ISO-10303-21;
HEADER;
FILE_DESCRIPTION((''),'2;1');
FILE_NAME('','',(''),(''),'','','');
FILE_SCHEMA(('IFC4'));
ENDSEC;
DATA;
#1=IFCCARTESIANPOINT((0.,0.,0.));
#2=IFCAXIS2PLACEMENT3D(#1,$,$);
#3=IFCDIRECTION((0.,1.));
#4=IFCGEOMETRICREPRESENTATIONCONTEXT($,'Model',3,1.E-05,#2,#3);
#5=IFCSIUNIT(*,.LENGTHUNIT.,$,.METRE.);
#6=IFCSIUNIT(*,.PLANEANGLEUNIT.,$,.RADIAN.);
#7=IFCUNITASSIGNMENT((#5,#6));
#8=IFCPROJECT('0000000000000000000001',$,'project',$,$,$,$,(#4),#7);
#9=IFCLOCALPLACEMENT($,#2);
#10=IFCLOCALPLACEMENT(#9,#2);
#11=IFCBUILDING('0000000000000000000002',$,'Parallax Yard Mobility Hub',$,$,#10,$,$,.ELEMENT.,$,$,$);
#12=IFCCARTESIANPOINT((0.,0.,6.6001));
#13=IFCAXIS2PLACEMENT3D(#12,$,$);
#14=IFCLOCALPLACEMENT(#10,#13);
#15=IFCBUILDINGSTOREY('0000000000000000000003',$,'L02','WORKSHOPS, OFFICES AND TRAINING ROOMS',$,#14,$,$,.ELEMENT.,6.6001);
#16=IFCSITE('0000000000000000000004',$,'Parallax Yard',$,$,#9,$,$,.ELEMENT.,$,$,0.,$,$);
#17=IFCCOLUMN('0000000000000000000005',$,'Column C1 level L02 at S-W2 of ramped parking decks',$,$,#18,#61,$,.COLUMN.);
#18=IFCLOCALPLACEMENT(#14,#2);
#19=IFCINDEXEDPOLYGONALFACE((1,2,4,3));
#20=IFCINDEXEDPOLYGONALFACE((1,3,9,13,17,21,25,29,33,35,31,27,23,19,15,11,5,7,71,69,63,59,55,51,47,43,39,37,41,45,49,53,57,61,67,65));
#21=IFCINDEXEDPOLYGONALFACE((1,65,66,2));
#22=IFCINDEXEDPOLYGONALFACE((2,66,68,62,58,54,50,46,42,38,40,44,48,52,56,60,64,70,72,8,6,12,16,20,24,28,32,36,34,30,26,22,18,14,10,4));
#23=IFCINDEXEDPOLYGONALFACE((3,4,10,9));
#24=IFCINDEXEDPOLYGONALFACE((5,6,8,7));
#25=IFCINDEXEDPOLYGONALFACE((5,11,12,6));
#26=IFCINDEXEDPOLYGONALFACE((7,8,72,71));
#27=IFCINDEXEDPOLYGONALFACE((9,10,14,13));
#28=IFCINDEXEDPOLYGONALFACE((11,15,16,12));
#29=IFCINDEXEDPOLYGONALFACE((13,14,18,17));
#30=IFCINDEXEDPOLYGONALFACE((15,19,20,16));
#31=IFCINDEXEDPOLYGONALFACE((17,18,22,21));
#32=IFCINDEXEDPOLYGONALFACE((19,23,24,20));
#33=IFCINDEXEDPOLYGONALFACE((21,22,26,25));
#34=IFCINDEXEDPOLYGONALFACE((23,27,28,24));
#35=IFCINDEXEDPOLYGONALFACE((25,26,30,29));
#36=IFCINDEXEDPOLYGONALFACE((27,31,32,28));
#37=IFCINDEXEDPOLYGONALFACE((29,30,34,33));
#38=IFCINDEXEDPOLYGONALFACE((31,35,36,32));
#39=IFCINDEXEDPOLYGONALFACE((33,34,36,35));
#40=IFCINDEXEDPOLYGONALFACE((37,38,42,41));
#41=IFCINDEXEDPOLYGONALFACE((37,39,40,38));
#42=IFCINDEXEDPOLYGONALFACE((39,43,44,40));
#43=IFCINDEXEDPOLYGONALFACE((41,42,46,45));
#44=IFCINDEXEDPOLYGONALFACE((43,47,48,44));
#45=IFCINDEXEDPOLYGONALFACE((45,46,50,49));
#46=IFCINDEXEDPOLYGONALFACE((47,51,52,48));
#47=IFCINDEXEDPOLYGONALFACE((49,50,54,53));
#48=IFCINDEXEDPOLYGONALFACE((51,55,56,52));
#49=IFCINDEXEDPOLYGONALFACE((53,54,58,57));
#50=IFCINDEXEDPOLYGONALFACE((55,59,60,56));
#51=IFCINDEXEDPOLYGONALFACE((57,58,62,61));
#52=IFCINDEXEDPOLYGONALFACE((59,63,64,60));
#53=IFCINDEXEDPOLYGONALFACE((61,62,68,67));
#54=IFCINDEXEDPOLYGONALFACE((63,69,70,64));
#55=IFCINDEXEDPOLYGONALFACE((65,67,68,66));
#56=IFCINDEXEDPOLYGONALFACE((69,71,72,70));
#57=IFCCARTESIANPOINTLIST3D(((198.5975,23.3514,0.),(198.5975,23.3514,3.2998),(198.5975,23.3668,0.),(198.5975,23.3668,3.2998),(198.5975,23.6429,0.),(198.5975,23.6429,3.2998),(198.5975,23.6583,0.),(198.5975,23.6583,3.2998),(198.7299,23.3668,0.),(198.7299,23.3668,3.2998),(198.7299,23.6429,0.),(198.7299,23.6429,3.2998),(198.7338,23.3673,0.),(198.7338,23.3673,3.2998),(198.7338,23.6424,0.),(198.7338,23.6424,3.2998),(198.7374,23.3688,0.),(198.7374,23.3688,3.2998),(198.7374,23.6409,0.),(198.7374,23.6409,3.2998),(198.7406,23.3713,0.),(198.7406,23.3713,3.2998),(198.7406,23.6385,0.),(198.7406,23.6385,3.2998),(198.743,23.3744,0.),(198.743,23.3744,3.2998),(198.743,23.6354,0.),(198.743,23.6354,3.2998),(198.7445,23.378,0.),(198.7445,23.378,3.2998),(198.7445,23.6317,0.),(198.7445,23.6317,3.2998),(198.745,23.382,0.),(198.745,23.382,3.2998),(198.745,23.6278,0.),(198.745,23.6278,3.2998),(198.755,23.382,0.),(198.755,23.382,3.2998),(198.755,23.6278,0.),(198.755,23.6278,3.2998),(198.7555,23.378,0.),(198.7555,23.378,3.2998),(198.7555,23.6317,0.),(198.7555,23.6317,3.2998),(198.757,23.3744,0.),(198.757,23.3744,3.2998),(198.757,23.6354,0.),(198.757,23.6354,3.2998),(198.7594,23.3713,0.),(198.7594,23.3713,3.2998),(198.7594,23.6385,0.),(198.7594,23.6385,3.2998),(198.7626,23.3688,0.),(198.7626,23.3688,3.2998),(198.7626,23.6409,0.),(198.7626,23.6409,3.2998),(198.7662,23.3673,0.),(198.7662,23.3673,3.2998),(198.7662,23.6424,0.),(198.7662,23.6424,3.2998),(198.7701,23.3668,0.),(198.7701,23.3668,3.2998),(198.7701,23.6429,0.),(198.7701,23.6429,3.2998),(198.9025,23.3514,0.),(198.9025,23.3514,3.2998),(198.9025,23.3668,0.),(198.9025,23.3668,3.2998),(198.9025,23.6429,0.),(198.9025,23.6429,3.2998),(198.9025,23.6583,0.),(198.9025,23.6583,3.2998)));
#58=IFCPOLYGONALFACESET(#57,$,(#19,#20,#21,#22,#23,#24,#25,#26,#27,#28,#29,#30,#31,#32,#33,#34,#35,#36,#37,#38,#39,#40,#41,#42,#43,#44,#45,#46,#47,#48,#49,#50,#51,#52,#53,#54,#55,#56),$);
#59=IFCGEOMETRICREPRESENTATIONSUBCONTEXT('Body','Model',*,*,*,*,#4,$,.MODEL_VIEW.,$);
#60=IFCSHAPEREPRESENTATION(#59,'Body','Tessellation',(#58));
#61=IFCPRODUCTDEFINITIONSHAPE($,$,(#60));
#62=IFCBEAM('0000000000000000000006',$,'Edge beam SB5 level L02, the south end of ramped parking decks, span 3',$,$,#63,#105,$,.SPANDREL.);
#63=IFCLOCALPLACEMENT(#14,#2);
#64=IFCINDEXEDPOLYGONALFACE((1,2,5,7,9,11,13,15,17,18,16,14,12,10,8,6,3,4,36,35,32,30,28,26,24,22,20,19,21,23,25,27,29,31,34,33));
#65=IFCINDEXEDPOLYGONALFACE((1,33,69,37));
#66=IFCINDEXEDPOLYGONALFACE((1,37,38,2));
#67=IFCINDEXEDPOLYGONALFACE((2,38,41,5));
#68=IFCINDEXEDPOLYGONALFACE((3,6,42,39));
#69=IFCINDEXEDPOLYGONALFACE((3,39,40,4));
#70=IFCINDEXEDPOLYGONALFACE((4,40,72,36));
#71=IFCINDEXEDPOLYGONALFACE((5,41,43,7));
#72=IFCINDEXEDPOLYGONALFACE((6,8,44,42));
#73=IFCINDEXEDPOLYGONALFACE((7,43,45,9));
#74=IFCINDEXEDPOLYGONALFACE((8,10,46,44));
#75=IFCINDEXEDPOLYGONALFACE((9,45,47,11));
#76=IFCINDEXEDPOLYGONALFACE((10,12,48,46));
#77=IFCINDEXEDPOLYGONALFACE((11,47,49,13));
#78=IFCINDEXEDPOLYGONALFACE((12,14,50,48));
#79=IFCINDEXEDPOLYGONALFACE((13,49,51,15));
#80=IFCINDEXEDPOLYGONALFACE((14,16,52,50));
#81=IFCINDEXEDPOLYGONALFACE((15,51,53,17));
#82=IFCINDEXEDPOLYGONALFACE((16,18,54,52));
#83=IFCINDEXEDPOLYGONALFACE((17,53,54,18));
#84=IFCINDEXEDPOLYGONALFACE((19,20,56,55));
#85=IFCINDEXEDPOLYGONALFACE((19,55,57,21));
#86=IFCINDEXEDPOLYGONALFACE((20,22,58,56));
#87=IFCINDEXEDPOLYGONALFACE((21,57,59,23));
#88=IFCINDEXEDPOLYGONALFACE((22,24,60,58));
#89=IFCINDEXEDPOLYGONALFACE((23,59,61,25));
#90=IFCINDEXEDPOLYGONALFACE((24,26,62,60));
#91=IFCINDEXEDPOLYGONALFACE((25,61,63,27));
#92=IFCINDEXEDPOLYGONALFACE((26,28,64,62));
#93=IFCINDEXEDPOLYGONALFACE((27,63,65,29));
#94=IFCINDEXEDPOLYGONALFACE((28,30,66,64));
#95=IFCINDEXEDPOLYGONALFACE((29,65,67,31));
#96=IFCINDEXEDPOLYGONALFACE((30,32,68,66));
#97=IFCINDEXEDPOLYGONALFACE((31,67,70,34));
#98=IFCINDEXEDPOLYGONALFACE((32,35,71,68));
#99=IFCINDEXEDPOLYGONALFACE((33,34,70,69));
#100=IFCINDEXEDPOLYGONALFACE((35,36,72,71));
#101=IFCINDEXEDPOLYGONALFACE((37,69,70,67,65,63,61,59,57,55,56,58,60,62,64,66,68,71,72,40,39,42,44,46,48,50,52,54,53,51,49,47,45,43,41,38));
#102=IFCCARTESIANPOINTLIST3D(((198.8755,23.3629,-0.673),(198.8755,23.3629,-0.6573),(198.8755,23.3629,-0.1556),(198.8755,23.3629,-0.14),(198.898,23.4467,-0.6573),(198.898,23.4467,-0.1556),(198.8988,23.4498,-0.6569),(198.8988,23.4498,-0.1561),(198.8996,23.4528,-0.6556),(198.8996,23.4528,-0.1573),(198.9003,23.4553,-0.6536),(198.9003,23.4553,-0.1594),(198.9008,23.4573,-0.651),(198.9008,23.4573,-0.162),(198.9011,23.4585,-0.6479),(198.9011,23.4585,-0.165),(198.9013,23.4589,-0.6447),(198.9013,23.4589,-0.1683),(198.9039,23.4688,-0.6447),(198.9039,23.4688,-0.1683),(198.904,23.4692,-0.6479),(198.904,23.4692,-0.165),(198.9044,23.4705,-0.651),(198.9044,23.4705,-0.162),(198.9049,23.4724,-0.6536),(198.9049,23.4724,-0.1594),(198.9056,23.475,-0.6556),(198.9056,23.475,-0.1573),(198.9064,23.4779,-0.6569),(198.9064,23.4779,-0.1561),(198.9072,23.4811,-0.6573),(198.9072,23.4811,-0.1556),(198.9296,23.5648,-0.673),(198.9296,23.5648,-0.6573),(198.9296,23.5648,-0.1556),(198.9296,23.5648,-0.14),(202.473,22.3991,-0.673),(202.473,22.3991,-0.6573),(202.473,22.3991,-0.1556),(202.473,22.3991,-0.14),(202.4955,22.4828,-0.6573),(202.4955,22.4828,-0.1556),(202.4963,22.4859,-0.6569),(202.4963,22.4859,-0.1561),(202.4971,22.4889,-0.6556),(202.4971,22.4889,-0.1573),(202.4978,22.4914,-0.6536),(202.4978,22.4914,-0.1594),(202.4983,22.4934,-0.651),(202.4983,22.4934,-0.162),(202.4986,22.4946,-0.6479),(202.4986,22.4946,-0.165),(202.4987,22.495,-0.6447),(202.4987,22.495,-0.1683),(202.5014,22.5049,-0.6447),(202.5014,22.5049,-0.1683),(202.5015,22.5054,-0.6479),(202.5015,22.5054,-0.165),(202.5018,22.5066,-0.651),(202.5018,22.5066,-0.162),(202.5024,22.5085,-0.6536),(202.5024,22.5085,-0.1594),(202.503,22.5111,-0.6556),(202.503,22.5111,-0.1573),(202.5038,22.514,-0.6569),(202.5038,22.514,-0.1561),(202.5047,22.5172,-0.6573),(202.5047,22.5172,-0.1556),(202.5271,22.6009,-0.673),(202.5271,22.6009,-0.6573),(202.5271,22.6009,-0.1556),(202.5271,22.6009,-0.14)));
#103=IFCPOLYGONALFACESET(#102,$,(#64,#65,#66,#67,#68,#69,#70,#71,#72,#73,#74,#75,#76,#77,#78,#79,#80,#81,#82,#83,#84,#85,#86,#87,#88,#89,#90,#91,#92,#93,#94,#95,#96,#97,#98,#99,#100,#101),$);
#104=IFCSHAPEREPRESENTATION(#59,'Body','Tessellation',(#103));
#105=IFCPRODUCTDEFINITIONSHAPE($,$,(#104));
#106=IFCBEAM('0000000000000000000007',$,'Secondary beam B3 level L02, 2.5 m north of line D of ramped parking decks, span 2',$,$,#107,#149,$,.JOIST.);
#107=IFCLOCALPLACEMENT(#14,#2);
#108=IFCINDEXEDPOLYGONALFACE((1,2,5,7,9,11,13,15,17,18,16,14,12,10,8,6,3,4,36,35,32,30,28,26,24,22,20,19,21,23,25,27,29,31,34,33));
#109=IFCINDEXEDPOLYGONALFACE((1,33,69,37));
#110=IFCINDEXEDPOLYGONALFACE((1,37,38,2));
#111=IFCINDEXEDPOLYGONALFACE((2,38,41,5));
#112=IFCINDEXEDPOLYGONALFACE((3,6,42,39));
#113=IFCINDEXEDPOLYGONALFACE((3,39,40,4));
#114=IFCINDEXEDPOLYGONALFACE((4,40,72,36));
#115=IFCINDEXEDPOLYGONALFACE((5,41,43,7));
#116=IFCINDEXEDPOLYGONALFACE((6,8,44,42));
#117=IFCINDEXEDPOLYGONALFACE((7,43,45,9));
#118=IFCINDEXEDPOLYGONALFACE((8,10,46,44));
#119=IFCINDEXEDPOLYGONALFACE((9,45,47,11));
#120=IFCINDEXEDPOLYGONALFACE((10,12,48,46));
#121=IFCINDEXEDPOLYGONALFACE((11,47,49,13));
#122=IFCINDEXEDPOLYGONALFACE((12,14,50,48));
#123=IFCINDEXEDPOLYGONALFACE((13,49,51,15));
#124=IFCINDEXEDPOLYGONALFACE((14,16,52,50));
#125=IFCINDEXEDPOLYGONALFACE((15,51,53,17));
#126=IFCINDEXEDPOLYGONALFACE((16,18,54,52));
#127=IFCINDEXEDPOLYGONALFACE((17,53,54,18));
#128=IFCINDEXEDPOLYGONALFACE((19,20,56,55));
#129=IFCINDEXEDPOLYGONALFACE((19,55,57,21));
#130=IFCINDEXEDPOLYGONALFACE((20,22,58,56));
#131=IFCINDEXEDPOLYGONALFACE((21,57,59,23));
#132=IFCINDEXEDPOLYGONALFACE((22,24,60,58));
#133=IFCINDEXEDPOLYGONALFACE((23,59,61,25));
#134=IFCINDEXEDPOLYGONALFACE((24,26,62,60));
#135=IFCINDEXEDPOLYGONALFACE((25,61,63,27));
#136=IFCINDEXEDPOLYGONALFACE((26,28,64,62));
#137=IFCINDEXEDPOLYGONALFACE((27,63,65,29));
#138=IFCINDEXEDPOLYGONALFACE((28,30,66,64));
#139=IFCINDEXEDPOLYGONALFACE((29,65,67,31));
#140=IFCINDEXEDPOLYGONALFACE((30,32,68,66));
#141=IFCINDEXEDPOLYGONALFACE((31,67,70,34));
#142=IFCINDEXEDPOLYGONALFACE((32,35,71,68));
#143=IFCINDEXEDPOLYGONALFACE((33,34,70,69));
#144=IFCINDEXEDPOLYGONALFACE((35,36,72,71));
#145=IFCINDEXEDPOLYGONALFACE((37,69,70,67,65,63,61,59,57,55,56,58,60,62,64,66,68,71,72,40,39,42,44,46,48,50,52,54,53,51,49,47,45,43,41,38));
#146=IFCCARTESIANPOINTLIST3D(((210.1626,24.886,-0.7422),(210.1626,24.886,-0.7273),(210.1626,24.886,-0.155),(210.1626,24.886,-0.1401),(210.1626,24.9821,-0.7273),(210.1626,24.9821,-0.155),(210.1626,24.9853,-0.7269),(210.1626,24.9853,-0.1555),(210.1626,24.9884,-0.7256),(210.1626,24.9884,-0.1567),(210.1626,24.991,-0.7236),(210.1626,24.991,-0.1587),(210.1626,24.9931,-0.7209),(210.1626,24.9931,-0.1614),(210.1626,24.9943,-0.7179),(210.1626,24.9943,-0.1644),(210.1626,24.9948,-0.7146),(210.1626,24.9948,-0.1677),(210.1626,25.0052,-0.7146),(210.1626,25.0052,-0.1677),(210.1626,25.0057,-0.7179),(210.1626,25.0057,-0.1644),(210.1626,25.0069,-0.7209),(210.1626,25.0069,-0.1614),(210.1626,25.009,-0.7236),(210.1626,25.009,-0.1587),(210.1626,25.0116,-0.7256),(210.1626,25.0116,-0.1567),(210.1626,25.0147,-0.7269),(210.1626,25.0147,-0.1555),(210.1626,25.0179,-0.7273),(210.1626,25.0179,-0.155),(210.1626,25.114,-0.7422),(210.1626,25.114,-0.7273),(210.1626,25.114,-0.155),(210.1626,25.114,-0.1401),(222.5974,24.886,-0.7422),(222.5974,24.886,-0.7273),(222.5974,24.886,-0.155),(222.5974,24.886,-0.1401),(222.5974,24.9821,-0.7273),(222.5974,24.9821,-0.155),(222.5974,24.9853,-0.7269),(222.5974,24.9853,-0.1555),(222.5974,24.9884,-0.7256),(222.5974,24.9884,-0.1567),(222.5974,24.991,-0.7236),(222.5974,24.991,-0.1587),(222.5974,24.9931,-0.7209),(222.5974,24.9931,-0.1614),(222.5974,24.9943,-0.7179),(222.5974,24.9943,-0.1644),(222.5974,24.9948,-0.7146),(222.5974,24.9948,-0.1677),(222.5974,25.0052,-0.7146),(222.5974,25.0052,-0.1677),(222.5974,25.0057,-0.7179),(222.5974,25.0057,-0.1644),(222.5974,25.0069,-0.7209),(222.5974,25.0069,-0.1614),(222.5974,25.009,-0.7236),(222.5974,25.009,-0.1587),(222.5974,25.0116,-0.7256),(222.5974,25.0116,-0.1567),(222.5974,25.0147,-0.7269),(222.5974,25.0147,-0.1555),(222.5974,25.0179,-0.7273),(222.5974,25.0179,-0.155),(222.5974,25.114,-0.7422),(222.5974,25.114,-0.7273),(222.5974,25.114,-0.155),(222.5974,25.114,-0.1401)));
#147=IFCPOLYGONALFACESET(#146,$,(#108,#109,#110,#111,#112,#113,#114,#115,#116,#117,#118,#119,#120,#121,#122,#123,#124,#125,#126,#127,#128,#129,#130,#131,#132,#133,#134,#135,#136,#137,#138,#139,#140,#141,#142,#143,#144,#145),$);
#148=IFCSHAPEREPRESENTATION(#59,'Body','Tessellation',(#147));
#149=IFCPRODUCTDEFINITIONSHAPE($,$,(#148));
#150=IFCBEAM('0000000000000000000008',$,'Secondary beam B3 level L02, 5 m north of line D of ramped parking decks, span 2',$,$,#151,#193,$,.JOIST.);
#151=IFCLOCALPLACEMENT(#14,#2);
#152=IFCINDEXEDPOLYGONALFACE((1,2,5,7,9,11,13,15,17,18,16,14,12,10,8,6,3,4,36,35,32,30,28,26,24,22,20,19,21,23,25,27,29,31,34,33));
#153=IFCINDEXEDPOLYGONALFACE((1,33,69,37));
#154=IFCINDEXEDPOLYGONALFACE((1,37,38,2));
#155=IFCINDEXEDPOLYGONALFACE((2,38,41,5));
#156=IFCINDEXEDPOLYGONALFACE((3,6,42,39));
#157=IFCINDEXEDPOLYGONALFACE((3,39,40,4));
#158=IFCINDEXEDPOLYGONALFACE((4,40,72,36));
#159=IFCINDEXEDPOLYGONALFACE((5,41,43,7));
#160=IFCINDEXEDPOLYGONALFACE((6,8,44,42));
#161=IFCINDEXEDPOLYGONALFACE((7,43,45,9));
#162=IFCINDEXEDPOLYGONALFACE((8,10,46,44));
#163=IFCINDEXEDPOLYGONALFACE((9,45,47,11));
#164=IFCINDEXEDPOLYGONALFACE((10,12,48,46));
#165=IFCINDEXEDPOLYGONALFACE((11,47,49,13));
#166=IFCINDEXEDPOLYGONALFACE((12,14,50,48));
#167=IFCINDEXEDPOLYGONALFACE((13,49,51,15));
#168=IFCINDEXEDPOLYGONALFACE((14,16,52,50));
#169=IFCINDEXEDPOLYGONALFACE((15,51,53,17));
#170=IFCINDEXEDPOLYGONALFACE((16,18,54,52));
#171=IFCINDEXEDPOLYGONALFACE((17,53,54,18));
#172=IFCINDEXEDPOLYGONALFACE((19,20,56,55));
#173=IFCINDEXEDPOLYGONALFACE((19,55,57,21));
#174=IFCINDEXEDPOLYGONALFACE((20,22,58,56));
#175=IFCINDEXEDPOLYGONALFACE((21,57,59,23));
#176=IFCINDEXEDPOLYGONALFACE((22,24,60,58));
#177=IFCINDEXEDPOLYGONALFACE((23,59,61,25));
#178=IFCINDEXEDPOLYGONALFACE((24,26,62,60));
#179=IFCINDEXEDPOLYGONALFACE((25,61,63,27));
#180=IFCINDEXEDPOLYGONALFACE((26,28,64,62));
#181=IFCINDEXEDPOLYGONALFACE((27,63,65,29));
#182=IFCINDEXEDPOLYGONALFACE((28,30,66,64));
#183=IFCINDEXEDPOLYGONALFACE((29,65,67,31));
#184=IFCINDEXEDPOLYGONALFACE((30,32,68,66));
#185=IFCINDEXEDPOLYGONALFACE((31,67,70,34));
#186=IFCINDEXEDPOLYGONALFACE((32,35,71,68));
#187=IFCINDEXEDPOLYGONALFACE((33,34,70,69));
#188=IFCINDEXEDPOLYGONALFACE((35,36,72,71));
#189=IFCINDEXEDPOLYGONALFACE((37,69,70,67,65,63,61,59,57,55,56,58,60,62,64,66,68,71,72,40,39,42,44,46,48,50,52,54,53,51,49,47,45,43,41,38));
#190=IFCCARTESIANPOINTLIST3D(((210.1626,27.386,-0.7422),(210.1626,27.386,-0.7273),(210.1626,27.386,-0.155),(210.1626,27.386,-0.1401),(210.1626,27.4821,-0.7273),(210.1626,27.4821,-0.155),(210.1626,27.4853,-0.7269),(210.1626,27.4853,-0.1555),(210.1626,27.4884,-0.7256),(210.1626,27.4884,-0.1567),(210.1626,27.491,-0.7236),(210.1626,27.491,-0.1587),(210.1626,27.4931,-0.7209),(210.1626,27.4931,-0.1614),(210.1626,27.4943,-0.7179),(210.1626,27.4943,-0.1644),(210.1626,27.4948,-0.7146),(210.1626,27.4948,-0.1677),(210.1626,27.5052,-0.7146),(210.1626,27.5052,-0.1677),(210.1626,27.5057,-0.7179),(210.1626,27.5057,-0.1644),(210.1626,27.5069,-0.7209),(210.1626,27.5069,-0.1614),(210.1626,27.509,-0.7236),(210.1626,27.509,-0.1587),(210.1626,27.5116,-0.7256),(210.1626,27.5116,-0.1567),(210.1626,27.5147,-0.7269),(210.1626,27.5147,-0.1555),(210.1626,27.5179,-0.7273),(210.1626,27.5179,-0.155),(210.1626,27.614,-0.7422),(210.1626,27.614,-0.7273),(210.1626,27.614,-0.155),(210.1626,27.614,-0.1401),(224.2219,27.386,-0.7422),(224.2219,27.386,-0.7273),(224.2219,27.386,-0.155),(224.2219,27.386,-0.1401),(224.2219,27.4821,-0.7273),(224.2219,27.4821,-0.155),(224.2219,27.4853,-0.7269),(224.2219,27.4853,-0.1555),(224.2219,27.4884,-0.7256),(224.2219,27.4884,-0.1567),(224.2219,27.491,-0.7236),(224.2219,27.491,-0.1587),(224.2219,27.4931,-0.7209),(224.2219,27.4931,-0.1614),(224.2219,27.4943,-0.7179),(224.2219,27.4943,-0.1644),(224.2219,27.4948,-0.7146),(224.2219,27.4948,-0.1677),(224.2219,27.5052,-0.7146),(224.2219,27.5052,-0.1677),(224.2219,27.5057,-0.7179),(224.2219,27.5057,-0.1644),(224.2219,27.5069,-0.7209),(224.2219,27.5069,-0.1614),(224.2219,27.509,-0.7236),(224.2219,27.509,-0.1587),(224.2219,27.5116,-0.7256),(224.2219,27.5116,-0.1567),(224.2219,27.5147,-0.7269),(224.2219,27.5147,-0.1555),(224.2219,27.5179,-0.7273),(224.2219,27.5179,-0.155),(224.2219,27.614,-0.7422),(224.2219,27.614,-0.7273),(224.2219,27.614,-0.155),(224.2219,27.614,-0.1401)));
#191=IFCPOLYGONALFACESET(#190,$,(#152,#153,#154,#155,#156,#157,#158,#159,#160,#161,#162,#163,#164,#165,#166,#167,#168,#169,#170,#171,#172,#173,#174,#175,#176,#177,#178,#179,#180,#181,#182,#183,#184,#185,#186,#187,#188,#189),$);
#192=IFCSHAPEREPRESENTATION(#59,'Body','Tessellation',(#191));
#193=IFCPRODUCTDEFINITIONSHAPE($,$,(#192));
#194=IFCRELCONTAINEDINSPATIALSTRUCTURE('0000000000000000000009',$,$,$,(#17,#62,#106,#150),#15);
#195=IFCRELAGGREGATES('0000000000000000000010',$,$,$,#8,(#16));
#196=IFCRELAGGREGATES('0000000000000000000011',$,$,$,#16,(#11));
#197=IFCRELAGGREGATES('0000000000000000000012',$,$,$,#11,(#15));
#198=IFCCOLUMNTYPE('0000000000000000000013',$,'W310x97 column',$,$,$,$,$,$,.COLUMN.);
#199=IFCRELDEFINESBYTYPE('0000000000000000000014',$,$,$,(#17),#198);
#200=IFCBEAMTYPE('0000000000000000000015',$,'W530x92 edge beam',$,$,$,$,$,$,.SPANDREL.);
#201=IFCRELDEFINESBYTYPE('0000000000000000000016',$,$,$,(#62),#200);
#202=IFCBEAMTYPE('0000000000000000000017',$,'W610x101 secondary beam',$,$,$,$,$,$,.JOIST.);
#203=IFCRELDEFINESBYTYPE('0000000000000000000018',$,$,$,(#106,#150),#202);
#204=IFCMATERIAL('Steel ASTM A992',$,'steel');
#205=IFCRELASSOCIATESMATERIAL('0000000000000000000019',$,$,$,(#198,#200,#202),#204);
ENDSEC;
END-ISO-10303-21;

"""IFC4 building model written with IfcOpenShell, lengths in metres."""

from ifc_helpers import new_model, si_unit, direction, frame, origin, origin_2d, place, context, subcontext, project, spatial, i_section, extrude, material, material_profile, profile_set, type_object, element, save


model = new_model("IFC4")

# Units and contexts
model_context = context("Model", 3, precision=1e-05, world=origin(), true_north=direction((0.0, 1.0)))
body_context = subcontext(model_context, "Body", "Model", "MODEL_VIEW")
ifc_project = project(units=[si_unit("LENGTHUNIT", "METRE"), si_unit("PLANEANGLEUNIT", "RADIAN")], contexts=[model_context])

# Site, building, storey
site_placement = place(None, origin())
site = spatial("IfcSite", under=ifc_project, at=site_placement, Name="Parallax Yard", CompositionType="ELEMENT", RefElevation=0.0)
building_placement = place(site_placement, origin())
building = spatial("IfcBuilding", under=site, at=building_placement, Name="Parallax Yard Mobility Hub", CompositionType="ELEMENT")
storey_placement = place(building_placement, frame((0.0, 0.0, 6.6001)))
storey = spatial("IfcBuildingStorey", under=building, at=storey_placement, Name="L02", Description="WORKSHOPS, OFFICES AND TRAINING ROOMS", CompositionType="ELEMENT", Elevation=6.6001)

# Column
ifc_material_1 = material(Name="Steel ASTM A992", Category="steel")
ifc_material_profile_1 = material_profile(ifc_material_1, i_section(OverallWidth=0.3049, OverallDepth=0.3069, WebThickness=0.01, FlangeThickness=0.0154, FilletRadius=0.0151, at=origin_2d()), Name="W310x97")
ifc_profile_set_1 = profile_set([ifc_material_profile_1], Name="Steel ASTM A992")
column_type = type_object("IfcColumnType", Name="W310x97 column", PredefinedType="COLUMN", material=ifc_profile_set_1)
column_placement = place(storey_placement, frame((198.75, 23.5049, 0.0), z_axis=(0.0, 0.0, 1.0), x_axis=(1.0, 0.0, 0.0)))
element("IfcColumn", 1, at=column_placement, inside=storey, type_object=column_type, Name="Column C1 level L02 at S-W2 of ramped parking decks", PredefinedType="COLUMN", context=body_context, shape_type="SweptSolid", body=[
    extrude(i_section(OverallWidth=0.3049, OverallDepth=0.3069, WebThickness=0.01, FlangeThickness=0.0154, FilletRadius=0.0151, at=origin_2d()), origin(), (0.0, 0.0, 1.0), 3.2998),
])

# Beams
ifc_material_profile_2 = material_profile(ifc_material_1, i_section(OverallWidth=0.209, OverallDepth=0.533, WebThickness=0.0103, FlangeThickness=0.0156, FilletRadius=0.0127, at=origin_2d()), Name="W530x92")
ifc_profile_set_2 = profile_set([ifc_material_profile_2], Name="Steel ASTM A992")
beam_type_1 = type_object("IfcBeamType", Name="W530x92 edge beam", PredefinedType="SPANDREL", material=ifc_profile_set_2)
beam_1_placement = place(storey_placement, frame((198.9026, 23.4639, -0.4065), z_axis=(0.96593, -0.258805, 0.0), x_axis=(0.258805, 0.96593, 0.0)))
element("IfcBeam", 2, at=beam_1_placement, inside=storey, type_object=beam_type_1, Name="Edge beam SB5 level L02, the south end of ramped parking decks, span 3", PredefinedType="SPANDREL", context=body_context, shape_type="SweptSolid", body=[
    extrude(i_section(OverallWidth=0.209, OverallDepth=0.533, WebThickness=0.0103, FlangeThickness=0.0156, FilletRadius=0.0127, at=origin_2d()), origin(), (0.0, 0.0, 1.0), 3.7244),
])
ifc_material_profile_3 = material_profile(ifc_material_1, i_section(OverallWidth=0.228, OverallDepth=0.6021, WebThickness=0.0105, FlangeThickness=0.0149, FilletRadius=0.0127, at=origin_2d()), Name="W610x101")
ifc_profile_set_3 = profile_set([ifc_material_profile_3], Name="Steel ASTM A992")
beam_type_2 = type_object("IfcBeamType", Name="W610x101 secondary beam", PredefinedType="JOIST", material=ifc_profile_set_3)
beam_2_placement = place(storey_placement, frame((210.1626, 25.0, -0.4412), z_axis=(1.0, 0.0, 0.0), x_axis=(0.0, 1.0, 0.0)))
element("IfcBeam", 3, at=beam_2_placement, inside=storey, type_object=beam_type_2, Name="Secondary beam B3 level L02, 2.5 m north of line D of ramped parking decks, span 2", PredefinedType="JOIST", context=body_context, shape_type="SweptSolid", body=[
    extrude(i_section(OverallWidth=0.228, OverallDepth=0.6021, WebThickness=0.0105, FlangeThickness=0.0149, FilletRadius=0.0127, at=origin_2d()), origin(), (0.0, 0.0, 1.0), 12.4348),
])
beam_3_placement = place(storey_placement, frame((210.1626, 27.5, -0.4412), z_axis=(1.0, 0.0, 0.0), x_axis=(0.0, 1.0, 0.0)))
element("IfcBeam", 4, at=beam_3_placement, inside=storey, type_object=beam_type_2, Name="Secondary beam B3 level L02, 5 m north of line D of ramped parking decks, span 2", PredefinedType="JOIST", context=body_context, shape_type="SweptSolid", body=[
    extrude(i_section(OverallWidth=0.228, OverallDepth=0.6021, WebThickness=0.0105, FlangeThickness=0.0149, FilletRadius=0.0127, at=origin_2d()), origin(), (0.0, 0.0, 1.0), 14.0593),
])

save(model, "model.ifc")
